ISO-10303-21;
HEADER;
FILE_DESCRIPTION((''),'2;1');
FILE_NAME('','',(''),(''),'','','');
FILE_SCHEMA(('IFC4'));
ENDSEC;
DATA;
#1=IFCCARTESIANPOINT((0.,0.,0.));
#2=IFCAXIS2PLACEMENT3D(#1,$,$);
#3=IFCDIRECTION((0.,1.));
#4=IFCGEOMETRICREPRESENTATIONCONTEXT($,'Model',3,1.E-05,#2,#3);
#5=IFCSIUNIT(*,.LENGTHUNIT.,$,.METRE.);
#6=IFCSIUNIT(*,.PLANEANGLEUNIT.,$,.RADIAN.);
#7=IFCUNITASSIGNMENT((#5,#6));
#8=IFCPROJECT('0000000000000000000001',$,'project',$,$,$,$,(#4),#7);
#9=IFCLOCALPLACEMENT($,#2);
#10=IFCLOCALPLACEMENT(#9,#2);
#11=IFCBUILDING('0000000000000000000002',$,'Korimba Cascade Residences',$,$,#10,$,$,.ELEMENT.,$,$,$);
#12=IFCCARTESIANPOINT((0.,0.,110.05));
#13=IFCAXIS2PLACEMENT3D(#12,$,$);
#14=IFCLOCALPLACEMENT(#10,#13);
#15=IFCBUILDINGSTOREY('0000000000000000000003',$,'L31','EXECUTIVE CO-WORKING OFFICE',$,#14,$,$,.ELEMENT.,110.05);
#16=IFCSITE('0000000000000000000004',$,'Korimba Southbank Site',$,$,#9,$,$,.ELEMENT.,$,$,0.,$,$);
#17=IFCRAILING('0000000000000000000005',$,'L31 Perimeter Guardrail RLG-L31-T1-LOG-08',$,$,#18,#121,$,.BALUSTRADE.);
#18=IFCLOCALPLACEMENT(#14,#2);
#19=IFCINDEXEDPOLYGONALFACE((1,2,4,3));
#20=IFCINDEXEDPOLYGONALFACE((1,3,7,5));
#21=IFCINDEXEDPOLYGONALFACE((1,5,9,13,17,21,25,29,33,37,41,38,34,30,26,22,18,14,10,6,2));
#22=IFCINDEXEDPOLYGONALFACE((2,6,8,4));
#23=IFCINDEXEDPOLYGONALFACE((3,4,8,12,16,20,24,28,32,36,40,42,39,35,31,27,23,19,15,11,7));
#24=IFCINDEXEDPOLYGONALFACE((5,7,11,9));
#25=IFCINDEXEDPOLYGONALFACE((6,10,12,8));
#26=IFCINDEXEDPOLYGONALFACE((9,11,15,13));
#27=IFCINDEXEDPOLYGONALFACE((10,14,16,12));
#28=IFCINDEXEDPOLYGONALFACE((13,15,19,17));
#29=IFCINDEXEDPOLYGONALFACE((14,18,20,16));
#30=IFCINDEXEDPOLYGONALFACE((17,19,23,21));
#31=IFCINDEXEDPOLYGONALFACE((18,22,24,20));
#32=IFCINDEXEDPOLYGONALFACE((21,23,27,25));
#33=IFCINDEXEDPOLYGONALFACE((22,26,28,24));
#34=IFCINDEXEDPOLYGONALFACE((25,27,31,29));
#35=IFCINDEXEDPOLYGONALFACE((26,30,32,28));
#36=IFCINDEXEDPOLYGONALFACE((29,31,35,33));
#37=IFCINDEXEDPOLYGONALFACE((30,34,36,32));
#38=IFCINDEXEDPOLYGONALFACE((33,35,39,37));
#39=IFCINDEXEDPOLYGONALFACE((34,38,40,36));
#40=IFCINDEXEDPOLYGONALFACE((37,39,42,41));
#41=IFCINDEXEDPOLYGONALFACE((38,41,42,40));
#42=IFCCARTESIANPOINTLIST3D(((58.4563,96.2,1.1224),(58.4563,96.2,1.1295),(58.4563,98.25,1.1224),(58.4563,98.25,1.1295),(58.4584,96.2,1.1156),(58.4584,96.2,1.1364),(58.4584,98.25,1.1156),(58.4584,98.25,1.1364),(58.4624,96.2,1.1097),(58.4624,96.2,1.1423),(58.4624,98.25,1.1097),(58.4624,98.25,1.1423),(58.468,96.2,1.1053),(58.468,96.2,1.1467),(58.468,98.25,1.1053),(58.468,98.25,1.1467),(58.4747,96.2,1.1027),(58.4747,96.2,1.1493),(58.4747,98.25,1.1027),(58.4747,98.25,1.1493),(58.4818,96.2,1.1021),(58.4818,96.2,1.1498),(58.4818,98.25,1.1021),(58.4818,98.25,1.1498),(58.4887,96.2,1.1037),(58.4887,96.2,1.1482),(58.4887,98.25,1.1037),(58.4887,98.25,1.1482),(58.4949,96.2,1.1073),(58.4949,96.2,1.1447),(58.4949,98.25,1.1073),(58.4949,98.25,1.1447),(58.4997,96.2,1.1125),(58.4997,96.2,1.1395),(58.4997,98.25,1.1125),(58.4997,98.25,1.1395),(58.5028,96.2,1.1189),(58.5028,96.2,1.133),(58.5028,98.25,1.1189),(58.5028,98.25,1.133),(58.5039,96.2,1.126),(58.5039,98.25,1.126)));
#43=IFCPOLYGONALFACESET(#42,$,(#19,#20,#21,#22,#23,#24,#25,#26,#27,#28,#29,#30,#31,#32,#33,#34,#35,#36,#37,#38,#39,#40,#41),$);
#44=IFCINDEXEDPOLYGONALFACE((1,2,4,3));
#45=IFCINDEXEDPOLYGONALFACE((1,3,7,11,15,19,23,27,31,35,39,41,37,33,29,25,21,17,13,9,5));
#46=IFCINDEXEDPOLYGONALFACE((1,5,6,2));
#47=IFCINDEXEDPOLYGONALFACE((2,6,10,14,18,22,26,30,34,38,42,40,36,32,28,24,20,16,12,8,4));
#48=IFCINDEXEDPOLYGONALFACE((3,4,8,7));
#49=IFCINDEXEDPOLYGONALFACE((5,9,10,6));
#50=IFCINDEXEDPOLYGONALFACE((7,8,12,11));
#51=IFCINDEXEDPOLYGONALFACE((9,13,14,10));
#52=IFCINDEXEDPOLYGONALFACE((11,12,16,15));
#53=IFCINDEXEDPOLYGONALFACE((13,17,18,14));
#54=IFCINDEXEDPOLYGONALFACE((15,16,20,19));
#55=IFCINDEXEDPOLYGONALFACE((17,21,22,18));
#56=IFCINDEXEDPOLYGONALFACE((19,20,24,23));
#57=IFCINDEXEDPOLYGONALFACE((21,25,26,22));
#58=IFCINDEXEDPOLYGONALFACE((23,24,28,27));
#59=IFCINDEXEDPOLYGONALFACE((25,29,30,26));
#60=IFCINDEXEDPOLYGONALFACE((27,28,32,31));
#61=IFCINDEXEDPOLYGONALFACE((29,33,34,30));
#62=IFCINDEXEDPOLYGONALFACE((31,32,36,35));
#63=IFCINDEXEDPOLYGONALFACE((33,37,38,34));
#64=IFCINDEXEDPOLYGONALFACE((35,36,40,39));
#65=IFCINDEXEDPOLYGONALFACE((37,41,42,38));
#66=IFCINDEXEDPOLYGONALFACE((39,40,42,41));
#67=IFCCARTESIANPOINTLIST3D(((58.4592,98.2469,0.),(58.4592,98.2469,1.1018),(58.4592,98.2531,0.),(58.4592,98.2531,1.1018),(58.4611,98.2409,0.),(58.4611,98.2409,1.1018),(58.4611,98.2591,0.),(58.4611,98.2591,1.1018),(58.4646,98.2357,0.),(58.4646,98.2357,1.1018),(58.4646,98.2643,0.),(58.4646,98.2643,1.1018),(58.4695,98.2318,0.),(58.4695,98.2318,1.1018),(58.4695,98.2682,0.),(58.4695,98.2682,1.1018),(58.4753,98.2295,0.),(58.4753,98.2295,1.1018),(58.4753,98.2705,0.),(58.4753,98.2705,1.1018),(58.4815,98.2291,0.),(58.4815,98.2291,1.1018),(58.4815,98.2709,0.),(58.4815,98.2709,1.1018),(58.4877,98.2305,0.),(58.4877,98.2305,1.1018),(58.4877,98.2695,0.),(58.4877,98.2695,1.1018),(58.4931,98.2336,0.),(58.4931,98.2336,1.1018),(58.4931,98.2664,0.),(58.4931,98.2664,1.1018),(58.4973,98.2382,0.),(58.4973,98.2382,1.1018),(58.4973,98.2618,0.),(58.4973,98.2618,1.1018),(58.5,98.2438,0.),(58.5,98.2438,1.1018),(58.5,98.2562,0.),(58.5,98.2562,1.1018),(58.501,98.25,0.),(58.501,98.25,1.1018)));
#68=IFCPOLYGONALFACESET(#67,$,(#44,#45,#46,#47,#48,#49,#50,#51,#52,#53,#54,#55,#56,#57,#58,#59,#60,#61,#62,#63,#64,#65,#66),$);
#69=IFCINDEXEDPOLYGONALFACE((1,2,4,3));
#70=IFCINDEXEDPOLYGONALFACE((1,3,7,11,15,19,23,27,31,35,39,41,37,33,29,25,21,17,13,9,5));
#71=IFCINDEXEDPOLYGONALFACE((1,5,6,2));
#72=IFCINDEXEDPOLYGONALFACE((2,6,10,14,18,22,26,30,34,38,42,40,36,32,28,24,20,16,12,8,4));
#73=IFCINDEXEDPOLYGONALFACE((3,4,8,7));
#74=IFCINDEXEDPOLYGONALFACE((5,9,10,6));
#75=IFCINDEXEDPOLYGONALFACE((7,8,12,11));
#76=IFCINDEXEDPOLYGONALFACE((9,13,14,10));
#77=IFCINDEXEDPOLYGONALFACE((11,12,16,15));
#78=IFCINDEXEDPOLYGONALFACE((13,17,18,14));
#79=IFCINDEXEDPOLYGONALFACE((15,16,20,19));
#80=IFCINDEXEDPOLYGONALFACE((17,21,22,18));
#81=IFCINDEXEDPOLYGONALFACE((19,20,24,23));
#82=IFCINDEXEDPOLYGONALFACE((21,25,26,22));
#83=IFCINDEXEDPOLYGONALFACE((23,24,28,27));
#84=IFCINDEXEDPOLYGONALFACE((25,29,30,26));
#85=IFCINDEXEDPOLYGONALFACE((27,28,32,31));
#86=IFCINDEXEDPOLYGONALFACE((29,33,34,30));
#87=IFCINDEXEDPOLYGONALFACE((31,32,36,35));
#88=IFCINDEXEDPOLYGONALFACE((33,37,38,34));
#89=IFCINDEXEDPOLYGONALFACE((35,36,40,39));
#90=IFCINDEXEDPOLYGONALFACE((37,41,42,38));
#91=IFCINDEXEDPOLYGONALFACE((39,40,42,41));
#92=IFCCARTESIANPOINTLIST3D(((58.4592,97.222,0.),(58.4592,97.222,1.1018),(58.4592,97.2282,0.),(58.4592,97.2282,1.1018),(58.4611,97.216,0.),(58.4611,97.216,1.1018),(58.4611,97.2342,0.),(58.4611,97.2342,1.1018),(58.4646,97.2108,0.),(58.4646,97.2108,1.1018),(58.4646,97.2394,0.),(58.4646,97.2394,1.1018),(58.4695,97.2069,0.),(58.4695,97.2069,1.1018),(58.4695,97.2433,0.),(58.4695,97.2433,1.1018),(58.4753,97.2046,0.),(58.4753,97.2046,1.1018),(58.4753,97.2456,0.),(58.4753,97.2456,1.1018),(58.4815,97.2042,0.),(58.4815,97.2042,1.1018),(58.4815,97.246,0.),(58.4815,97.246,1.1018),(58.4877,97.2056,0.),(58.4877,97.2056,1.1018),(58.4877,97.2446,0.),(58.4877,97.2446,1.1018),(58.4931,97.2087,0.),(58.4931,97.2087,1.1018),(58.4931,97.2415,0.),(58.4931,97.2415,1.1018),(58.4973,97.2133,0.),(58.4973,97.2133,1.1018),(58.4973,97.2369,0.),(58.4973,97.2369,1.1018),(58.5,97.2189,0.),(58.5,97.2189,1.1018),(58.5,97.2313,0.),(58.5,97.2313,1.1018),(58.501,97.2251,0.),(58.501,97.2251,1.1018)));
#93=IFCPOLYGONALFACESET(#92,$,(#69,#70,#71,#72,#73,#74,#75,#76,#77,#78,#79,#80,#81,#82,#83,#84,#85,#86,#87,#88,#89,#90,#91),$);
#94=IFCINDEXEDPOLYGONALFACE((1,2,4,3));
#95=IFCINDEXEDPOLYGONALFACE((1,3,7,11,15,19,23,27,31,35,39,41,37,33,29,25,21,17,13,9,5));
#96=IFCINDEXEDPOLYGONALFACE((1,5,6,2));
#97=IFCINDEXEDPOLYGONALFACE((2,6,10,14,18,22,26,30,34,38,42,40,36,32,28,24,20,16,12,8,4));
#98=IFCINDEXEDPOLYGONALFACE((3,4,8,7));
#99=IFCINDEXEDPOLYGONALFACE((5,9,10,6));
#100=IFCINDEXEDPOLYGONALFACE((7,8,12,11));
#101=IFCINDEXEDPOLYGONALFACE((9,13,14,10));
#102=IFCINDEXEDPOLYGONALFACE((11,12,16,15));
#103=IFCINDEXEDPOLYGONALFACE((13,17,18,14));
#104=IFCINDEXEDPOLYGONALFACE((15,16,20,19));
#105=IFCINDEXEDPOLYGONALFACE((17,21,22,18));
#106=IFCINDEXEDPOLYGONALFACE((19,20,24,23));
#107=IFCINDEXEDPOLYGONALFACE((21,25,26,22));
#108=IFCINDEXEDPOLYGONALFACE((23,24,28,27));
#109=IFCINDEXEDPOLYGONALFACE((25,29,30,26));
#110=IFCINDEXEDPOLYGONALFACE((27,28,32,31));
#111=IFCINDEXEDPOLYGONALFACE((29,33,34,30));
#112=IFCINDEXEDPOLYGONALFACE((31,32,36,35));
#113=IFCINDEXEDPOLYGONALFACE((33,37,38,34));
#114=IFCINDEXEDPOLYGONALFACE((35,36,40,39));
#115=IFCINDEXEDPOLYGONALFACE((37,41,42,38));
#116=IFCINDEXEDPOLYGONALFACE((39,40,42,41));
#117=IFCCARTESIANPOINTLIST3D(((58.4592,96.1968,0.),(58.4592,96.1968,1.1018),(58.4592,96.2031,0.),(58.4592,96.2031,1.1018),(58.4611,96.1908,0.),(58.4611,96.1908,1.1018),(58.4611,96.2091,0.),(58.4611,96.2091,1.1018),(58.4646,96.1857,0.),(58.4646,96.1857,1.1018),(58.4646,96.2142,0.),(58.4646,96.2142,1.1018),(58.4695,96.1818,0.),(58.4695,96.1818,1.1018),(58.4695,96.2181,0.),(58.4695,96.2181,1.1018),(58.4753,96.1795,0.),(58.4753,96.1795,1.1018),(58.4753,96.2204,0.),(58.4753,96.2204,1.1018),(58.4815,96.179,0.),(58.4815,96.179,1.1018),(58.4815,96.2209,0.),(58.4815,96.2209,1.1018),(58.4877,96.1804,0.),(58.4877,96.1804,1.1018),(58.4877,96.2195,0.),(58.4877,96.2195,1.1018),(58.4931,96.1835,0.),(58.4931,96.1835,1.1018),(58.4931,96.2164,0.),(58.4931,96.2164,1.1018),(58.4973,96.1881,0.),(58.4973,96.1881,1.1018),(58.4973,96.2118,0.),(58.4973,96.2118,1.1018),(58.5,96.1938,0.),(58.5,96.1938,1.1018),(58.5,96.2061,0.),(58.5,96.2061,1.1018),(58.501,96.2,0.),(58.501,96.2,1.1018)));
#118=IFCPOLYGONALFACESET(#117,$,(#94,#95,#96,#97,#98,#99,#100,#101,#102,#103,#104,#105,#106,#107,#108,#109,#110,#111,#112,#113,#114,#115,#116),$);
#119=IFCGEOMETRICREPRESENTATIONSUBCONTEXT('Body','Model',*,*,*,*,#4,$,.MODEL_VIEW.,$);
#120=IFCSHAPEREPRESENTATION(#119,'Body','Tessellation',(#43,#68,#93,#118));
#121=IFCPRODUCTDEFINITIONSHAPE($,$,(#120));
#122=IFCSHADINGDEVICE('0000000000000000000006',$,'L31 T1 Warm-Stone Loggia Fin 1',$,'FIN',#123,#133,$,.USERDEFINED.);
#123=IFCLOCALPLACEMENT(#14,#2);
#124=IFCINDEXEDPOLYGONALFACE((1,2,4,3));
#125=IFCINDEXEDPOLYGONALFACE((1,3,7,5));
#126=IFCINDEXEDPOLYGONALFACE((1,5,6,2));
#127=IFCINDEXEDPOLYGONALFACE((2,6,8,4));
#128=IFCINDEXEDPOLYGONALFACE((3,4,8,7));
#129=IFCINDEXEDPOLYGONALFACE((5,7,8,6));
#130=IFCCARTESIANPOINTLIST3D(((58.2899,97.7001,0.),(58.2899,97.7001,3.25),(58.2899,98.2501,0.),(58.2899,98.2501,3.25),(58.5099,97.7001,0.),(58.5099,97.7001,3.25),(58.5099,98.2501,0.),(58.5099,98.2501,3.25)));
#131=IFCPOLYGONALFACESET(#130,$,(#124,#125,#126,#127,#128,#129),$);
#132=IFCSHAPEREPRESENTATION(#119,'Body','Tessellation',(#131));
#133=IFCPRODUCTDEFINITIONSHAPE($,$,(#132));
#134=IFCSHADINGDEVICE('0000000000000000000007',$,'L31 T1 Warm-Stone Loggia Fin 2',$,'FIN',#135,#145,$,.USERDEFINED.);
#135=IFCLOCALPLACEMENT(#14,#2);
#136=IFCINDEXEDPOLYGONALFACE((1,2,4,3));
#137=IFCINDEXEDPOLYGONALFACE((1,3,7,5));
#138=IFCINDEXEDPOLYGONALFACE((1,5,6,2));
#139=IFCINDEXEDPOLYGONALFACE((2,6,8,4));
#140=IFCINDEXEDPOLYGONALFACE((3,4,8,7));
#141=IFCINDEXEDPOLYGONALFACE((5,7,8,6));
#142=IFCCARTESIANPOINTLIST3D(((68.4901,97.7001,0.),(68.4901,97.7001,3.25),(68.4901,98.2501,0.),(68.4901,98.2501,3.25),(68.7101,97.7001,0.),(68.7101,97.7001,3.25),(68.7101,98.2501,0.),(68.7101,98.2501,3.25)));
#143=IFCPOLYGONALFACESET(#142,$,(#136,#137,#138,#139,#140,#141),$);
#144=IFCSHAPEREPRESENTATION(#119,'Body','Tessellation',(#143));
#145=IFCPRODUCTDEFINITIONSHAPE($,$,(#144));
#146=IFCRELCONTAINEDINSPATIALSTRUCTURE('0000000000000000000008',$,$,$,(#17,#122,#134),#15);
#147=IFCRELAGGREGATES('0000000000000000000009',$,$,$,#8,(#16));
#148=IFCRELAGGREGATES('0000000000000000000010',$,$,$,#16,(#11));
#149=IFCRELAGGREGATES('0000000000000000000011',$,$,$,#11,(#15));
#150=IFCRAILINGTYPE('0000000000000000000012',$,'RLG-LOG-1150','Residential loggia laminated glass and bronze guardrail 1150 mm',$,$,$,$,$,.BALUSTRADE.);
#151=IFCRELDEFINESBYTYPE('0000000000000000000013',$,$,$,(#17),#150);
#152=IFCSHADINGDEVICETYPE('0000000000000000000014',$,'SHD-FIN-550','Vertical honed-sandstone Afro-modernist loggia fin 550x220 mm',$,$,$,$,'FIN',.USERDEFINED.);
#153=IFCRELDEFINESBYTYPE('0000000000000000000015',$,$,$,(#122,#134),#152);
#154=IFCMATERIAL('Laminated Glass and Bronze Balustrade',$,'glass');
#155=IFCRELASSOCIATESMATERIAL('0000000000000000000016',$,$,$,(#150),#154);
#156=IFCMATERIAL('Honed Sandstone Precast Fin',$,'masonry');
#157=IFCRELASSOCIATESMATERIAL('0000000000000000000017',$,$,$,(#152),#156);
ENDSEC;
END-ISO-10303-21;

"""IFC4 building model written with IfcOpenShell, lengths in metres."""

from ifc_helpers import new_model, si_unit, direction, frame, origin, origin_2d, place, context, subcontext, project, spatial, rectangle, circle, extrude, material, type_object, element, save


model = new_model("IFC4")

# Units and contexts
model_context = context("Model", 3, precision=1e-05, world=origin(), true_north=direction((0.0, 1.0)))
body_context = subcontext(model_context, "Body", "Model", "MODEL_VIEW")
ifc_project = project(units=[si_unit("LENGTHUNIT", "METRE"), si_unit("PLANEANGLEUNIT", "RADIAN")], contexts=[model_context])

# Site, building, storey
site_placement = place(None, origin())
site = spatial("IfcSite", under=ifc_project, at=site_placement, Name="Korimba Southbank Site", CompositionType="ELEMENT", RefElevation=0.0)
building_placement = place(site_placement, origin())
building = spatial("IfcBuilding", under=site, at=building_placement, Name="Korimba Cascade Residences", CompositionType="ELEMENT")
storey_placement = place(building_placement, frame((0.0, 0.0, 110.05)))
storey = spatial("IfcBuildingStorey", under=building, at=storey_placement, Name="L31", Description="EXECUTIVE CO-WORKING OFFICE", CompositionType="ELEMENT", Elevation=110.05)

# Railing
ifc_material_1 = material(Name="Laminated Glass and Bronze Balustrade", Category="glass")
railing_type = type_object("IfcRailingType", Name="RLG-LOG-1150", Description="Residential loggia laminated glass and bronze guardrail 1150 mm", PredefinedType="BALUSTRADE", material=ifc_material_1)
railing_1_placement = place(storey_placement, frame((58.48, 98.25, 0.0)))
element("IfcRailing", 1, at=railing_1_placement, inside=storey, type_object=railing_type, Name="L31 Perimeter Guardrail RLG-L31-T1-LOG-08", PredefinedType="BALUSTRADE", context=body_context, shape_type="SweptSolid", body=[
    extrude(circle(Radius=0.0239, at=origin_2d()), frame((0.0, 0.0, 1.126), z_axis=(0.0, -1.0, 0.0), x_axis=(1.0, 0.0, 0.0)), (0.0, 0.0, 1.0), 2.05),
    extrude(circle(Radius=0.021, at=origin_2d()), origin(), (0.0, 0.0, 1.0), 1.1018),
    extrude(circle(Radius=0.021, at=origin_2d()), frame((0.0, -1.0249, 0.0)), (0.0, 0.0, 1.0), 1.1018),
    extrude(circle(Radius=0.021, at=origin_2d()), frame((0.0, -2.05, 0.0)), (0.0, 0.0, 1.0), 1.1018),
])

# Shading devices
ifc_material_2 = material(Name="Honed Sandstone Precast Fin", Category="masonry")
shading_device_type = type_object("IfcShadingDeviceType", Name="SHD-FIN-550", Description="Vertical honed-sandstone Afro-modernist loggia fin 550x220 mm", ElementType="FIN", PredefinedType="USERDEFINED", material=ifc_material_2)
for number, where, z_axis, x_axis, name in (
    (2, (58.3999, 97.9751, 0.0), (0.0, 0.0, 1.0), (1.0, 0.0, 0.0), "L31 T1 Warm-Stone Loggia Fin 1"),
    (3, (68.6001, 97.9751, 0.0), (0.0, 0.0, 1.0), (1.0, 0.0, 0.0), "L31 T1 Warm-Stone Loggia Fin 2"),
):
    element("IfcShadingDevice", number, at=place(storey_placement, frame(where, z_axis=z_axis, x_axis=x_axis)), inside=storey, type_object=shading_device_type, Name=name, ObjectType="FIN", PredefinedType="USERDEFINED", context=body_context, shape_type="SweptSolid", body=[
        extrude(rectangle(XDim=0.22, YDim=0.55, at=origin_2d()), origin(), (0.0, 0.0, 1.0), 3.25),
    ])

save(model, "model.ifc")
